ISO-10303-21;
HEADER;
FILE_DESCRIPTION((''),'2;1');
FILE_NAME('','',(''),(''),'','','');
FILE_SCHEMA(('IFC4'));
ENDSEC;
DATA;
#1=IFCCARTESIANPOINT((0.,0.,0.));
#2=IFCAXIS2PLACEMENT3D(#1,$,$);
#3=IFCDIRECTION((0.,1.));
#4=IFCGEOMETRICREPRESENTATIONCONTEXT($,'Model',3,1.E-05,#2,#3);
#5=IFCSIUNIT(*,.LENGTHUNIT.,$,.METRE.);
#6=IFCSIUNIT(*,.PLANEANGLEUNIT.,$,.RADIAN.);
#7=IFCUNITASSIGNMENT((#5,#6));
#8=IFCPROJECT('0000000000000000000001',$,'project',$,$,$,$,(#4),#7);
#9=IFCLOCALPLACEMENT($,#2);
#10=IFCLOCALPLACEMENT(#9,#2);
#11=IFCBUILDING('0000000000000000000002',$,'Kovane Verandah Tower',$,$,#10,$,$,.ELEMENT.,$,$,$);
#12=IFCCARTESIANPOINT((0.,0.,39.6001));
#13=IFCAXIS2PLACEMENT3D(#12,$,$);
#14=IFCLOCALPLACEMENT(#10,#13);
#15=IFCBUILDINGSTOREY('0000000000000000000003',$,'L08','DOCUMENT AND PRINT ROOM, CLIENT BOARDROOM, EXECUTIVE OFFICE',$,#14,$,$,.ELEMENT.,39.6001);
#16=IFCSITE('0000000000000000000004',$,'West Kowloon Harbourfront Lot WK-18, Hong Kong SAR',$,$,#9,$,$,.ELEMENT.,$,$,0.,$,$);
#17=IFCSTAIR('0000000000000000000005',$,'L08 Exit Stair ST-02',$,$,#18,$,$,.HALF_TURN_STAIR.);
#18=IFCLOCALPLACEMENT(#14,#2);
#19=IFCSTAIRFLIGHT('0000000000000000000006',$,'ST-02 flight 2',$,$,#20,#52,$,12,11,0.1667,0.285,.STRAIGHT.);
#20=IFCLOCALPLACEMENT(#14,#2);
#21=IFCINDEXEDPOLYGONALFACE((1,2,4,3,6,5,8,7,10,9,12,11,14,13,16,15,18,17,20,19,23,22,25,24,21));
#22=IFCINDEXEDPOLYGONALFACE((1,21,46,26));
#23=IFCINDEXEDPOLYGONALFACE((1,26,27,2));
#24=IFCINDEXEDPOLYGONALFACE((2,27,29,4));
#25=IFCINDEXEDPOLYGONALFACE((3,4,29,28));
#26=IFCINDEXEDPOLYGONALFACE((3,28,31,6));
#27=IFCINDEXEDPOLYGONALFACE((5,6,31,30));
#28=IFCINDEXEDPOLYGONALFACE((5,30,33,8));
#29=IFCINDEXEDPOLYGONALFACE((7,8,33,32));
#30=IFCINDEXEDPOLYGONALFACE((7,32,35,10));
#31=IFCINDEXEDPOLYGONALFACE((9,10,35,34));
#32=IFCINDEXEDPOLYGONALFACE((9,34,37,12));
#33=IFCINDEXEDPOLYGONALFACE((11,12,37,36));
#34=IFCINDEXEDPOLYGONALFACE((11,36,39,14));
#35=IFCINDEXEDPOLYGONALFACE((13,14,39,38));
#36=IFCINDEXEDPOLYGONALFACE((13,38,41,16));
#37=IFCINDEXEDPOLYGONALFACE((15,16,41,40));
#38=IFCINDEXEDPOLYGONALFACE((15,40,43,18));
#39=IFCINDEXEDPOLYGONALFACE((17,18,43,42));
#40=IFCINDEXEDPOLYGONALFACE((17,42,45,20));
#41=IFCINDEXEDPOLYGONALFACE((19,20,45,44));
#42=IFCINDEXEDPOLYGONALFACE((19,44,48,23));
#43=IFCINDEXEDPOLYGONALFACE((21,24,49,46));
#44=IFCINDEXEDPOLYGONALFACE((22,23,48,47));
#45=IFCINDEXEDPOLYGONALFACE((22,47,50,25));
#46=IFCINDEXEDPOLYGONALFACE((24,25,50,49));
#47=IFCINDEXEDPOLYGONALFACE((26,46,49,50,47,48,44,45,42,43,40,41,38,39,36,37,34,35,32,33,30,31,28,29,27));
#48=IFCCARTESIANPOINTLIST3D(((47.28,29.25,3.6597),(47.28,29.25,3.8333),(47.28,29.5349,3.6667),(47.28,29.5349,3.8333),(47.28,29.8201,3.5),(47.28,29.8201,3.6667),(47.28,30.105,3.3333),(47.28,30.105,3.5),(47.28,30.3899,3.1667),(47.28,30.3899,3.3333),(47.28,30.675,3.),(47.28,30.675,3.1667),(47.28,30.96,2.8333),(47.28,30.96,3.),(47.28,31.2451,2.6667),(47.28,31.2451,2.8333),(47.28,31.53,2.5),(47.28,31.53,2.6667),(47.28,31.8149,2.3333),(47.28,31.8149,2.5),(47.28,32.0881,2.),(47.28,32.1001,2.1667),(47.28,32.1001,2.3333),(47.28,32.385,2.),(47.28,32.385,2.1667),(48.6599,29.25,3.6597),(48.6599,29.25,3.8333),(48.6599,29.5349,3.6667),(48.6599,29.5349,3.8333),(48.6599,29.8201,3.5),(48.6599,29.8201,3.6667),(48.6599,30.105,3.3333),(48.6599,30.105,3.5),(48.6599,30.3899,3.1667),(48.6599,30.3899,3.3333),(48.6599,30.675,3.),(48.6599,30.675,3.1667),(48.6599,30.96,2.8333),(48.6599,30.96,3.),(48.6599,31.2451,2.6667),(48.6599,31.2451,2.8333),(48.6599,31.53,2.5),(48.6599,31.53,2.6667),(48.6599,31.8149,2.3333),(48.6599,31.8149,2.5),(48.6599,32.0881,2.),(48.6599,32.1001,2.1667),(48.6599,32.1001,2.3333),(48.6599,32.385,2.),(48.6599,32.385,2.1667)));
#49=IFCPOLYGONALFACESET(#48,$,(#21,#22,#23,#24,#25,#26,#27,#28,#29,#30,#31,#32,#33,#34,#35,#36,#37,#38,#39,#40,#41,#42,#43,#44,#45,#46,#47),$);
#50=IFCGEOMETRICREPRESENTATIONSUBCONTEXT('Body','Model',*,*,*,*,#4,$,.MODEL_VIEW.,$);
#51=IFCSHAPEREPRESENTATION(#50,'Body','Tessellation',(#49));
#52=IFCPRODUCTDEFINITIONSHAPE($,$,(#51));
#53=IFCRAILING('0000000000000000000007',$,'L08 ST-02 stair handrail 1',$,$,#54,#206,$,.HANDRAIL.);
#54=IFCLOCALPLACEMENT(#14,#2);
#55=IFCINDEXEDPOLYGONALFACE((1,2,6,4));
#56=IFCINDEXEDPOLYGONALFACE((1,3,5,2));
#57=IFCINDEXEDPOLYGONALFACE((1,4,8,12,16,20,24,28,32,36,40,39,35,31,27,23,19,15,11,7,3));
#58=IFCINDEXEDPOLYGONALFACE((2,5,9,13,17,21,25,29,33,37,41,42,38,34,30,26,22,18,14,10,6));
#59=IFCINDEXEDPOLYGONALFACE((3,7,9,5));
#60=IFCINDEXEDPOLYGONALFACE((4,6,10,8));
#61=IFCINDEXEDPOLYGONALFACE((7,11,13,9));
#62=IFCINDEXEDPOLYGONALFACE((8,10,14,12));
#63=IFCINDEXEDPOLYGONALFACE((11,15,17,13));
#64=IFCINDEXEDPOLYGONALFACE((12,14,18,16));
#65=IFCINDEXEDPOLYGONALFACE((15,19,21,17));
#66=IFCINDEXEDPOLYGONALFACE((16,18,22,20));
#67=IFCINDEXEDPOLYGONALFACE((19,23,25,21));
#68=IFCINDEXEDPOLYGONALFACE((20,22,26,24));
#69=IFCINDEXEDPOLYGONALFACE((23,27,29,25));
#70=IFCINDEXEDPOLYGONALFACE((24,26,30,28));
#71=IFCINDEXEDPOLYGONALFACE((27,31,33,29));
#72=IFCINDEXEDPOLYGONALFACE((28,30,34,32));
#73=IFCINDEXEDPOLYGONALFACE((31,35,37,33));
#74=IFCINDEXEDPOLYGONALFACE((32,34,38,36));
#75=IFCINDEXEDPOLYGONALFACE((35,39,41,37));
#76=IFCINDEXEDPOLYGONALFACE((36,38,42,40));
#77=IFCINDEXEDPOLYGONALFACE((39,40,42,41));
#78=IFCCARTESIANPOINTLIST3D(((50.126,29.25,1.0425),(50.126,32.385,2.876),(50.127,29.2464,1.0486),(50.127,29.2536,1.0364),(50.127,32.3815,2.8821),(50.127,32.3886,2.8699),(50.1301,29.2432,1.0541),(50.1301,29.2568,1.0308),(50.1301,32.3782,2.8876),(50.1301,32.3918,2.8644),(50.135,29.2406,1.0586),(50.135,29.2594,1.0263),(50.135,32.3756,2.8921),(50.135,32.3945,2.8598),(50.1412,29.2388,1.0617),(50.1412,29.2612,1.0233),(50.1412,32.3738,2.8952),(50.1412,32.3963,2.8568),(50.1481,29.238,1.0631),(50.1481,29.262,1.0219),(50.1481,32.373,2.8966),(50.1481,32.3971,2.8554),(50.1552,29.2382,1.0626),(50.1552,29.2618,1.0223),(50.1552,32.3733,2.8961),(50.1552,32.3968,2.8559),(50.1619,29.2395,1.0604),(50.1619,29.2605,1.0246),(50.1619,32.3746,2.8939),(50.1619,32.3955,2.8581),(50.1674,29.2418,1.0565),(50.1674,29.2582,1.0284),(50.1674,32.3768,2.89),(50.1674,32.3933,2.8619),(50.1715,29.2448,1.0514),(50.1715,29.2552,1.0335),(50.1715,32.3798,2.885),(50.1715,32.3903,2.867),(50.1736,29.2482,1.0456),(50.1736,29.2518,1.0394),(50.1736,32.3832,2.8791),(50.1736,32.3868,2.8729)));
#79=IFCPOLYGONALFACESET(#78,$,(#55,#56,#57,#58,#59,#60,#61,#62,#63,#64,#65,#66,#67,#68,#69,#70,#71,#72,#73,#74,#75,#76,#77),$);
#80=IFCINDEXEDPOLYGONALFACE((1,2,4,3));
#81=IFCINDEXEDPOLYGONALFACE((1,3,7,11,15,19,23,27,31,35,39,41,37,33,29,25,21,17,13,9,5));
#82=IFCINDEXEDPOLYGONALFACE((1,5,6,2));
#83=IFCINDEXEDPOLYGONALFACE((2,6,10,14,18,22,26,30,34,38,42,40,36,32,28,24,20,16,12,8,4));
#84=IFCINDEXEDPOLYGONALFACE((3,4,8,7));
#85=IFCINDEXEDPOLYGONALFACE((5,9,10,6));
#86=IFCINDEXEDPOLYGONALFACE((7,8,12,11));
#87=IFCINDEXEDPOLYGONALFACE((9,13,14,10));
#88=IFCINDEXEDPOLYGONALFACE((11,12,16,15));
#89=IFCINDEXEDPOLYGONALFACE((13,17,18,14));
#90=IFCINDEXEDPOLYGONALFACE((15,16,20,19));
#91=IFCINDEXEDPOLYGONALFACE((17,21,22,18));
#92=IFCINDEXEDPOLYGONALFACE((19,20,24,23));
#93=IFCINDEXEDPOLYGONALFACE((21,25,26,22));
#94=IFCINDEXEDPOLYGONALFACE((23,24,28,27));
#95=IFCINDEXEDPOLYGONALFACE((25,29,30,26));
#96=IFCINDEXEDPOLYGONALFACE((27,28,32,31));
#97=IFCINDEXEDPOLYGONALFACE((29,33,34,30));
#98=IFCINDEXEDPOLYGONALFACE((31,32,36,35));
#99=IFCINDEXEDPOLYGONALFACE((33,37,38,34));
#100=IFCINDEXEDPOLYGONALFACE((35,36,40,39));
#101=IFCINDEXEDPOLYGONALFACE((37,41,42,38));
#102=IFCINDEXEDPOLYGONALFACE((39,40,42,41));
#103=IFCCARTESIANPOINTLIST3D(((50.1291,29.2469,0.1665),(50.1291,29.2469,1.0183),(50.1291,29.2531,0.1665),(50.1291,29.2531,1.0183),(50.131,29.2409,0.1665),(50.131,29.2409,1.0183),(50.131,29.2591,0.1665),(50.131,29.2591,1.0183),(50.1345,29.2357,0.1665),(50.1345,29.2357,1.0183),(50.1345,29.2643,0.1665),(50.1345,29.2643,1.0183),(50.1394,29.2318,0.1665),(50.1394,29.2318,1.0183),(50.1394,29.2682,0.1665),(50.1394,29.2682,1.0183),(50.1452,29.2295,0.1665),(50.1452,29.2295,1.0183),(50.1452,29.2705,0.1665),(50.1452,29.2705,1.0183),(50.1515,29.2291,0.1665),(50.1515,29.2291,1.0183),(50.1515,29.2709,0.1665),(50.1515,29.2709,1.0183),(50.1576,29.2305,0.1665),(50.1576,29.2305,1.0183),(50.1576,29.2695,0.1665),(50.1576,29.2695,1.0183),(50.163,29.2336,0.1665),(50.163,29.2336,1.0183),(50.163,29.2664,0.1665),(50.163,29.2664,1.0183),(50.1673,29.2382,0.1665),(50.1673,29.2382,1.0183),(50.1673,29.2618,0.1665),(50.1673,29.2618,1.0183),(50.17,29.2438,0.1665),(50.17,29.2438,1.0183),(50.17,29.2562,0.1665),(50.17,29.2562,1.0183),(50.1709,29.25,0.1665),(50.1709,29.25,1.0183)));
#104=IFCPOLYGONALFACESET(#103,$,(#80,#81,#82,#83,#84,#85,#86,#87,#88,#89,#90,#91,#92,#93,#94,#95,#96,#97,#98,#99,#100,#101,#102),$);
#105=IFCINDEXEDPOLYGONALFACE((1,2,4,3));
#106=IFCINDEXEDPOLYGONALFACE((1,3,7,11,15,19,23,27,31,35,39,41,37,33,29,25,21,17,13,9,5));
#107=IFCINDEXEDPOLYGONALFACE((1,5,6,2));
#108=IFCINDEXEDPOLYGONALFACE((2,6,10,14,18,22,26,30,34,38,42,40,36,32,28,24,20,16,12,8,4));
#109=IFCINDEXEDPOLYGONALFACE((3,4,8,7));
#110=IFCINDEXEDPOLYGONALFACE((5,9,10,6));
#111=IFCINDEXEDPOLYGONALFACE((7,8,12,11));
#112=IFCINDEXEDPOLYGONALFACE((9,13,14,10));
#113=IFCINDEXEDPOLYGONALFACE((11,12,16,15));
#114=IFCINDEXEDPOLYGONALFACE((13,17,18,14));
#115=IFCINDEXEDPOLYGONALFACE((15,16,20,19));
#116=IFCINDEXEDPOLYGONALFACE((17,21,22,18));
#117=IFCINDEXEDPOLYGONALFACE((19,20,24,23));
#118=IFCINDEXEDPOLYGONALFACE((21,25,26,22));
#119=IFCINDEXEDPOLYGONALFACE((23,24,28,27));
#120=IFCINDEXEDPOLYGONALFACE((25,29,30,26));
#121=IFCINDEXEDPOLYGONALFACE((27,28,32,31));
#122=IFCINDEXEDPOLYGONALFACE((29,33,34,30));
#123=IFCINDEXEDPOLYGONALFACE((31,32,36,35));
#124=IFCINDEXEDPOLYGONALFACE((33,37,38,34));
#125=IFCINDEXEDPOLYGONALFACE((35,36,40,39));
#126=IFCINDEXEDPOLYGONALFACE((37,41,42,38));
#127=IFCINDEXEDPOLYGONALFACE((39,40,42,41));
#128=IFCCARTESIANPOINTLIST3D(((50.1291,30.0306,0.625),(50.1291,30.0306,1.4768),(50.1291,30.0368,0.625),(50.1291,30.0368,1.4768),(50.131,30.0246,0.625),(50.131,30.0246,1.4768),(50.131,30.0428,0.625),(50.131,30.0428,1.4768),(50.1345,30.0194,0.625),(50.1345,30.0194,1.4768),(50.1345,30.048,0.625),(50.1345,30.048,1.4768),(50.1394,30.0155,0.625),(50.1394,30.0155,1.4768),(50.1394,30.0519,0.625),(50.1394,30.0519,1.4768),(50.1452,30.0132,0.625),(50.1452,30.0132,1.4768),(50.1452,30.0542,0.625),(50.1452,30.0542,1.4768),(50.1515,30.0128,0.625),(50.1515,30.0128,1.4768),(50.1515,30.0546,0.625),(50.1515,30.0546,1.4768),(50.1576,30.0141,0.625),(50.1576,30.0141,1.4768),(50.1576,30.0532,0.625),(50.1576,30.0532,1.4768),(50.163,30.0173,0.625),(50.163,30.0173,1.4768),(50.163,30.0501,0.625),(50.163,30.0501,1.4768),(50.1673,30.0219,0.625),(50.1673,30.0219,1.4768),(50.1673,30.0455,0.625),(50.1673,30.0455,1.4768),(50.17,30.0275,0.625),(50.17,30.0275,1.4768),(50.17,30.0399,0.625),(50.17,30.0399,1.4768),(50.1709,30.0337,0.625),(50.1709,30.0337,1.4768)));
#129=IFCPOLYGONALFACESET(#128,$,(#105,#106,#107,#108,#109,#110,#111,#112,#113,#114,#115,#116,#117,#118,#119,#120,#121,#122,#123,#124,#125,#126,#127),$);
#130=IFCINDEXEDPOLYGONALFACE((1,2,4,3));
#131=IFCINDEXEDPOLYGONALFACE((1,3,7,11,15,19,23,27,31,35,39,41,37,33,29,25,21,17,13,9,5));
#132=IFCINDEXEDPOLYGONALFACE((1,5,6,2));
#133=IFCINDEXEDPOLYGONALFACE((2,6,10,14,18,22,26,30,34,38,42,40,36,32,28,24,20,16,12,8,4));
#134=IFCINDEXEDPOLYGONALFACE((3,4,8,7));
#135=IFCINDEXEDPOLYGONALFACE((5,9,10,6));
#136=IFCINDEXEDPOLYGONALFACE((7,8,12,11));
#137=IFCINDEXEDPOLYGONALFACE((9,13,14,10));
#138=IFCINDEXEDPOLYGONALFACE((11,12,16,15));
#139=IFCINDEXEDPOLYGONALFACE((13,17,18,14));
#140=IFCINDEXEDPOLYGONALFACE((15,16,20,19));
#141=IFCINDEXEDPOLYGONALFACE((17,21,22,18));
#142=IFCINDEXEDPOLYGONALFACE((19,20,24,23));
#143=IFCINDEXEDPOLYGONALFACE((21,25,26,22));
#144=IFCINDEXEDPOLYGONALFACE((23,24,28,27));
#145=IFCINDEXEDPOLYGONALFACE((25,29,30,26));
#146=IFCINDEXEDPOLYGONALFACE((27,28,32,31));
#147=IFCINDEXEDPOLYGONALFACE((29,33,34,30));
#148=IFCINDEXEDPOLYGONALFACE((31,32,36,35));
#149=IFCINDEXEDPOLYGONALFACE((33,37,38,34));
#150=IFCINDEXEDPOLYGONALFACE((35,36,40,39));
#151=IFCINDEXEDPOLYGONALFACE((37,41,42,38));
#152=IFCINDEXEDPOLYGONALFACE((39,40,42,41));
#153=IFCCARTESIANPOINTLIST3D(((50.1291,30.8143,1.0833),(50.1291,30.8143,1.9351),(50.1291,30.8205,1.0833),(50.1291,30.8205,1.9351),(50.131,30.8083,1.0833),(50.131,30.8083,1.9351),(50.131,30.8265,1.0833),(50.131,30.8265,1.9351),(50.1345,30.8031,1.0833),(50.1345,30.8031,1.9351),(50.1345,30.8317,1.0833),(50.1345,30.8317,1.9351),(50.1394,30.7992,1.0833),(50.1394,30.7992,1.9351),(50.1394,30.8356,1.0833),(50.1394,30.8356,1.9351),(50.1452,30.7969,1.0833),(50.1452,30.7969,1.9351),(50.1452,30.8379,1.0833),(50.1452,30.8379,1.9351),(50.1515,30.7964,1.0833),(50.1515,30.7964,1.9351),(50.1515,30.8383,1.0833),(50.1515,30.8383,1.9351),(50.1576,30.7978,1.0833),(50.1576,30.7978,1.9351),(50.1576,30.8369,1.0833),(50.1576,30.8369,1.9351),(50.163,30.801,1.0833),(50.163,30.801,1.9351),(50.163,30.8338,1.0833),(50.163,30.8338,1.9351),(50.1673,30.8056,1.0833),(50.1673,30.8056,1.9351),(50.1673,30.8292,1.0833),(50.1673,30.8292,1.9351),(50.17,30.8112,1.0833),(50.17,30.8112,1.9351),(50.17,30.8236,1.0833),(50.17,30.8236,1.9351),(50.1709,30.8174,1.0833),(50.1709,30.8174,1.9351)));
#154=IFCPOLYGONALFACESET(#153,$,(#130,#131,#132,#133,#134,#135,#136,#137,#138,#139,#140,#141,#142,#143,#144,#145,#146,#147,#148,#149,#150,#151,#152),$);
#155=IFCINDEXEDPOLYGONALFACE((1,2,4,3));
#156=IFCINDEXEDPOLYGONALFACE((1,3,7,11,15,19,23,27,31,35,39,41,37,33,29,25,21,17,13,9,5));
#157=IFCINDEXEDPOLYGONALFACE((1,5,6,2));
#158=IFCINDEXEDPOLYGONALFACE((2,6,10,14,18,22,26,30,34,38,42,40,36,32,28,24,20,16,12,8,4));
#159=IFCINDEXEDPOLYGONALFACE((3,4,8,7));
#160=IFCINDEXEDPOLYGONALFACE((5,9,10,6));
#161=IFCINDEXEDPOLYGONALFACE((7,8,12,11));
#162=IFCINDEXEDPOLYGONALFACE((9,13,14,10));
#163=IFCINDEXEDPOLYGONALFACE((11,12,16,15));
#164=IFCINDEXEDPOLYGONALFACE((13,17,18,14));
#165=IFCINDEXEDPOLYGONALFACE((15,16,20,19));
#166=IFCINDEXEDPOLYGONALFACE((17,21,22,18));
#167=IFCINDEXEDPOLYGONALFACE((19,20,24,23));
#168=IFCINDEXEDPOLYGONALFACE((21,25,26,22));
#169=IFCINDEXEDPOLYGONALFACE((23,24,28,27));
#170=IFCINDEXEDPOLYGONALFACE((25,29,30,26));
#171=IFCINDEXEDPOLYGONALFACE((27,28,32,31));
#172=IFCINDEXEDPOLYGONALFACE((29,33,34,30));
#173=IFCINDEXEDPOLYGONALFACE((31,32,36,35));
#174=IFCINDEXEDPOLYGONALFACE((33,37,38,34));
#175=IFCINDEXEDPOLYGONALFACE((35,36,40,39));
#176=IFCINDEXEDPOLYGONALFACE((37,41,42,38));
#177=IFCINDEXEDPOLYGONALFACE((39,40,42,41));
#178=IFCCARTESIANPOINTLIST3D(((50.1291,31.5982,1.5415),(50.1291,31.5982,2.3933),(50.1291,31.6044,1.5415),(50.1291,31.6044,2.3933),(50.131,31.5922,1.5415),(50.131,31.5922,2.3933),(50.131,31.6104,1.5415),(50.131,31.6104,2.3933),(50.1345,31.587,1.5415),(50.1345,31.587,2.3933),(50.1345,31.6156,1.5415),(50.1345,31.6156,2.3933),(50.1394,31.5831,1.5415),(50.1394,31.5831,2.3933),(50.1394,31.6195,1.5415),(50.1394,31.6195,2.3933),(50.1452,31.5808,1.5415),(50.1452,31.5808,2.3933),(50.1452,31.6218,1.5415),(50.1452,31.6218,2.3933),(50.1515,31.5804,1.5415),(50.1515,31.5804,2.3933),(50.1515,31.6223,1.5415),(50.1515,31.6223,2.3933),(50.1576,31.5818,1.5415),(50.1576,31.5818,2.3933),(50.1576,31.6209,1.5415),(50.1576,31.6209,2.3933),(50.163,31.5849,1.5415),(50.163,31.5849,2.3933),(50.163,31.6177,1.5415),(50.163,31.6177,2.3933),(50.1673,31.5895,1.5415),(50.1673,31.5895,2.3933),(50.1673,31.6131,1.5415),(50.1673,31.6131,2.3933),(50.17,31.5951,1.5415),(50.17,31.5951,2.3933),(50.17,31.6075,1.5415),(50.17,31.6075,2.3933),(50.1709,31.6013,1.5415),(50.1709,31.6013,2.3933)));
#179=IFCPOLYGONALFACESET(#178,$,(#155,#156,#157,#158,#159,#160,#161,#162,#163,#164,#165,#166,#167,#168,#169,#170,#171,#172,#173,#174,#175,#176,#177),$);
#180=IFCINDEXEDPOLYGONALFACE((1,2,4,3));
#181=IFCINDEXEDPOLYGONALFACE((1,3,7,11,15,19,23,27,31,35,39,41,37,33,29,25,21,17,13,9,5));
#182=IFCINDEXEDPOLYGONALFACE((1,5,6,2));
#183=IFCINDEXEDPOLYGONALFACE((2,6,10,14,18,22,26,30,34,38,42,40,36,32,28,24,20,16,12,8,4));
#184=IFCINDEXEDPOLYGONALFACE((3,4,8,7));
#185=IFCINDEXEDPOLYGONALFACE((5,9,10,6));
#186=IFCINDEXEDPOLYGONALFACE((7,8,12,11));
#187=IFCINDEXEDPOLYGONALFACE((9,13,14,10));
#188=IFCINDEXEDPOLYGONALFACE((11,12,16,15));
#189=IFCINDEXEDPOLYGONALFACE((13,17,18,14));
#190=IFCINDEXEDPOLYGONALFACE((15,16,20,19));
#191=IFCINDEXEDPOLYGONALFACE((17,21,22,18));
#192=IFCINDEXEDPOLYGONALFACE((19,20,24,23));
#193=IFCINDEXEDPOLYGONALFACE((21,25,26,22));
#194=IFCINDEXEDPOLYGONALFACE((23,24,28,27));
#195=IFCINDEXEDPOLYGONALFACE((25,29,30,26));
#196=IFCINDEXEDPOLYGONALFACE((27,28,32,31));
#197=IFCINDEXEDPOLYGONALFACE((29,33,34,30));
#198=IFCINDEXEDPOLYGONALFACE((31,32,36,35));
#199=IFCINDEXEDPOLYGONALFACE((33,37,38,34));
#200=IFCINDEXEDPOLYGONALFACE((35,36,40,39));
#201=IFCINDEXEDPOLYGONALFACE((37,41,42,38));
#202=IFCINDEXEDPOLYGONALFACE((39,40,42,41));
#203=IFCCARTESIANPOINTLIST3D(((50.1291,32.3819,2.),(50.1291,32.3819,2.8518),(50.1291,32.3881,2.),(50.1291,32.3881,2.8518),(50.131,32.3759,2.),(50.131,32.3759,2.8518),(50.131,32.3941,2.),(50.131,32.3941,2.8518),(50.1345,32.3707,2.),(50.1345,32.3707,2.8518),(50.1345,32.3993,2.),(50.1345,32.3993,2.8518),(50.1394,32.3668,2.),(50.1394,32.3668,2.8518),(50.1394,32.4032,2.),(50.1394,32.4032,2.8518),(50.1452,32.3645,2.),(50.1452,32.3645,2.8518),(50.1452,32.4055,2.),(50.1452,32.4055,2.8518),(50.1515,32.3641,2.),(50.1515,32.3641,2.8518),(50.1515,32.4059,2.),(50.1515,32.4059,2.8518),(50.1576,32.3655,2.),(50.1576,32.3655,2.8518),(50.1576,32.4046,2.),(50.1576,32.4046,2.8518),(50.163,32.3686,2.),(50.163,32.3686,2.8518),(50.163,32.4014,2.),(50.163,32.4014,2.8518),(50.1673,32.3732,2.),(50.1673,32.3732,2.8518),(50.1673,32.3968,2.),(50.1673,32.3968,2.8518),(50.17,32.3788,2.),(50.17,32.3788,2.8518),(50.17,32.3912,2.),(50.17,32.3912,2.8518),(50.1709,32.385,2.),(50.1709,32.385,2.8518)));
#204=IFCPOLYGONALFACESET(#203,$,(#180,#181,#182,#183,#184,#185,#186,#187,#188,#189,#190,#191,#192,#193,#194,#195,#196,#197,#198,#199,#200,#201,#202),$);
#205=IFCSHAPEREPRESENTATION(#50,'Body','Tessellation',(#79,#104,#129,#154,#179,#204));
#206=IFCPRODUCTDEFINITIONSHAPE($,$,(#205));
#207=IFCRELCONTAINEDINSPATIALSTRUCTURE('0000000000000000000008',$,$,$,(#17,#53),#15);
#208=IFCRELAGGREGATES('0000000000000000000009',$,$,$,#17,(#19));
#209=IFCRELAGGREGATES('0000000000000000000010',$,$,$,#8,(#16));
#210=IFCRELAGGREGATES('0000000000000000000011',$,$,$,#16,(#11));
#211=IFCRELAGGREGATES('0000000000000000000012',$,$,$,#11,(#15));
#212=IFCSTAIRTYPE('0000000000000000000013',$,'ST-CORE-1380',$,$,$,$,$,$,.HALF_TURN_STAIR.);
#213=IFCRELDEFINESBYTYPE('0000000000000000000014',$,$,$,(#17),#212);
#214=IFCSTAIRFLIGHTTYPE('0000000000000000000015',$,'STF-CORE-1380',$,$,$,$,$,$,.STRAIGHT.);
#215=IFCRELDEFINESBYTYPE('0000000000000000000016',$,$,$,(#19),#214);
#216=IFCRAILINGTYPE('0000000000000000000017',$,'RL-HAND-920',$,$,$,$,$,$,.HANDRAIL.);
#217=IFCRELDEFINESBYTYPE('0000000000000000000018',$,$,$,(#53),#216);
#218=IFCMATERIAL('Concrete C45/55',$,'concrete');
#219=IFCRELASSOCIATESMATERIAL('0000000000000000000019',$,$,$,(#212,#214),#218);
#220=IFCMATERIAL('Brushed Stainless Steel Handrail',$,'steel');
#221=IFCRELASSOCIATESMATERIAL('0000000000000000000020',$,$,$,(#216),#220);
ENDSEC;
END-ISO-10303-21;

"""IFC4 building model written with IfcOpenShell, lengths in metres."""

from ifc_helpers import new_model, si_unit, direction, frame, origin, origin_2d, place, context, subcontext, project, spatial, polyline, circle, outline, extrude, material, type_object, element, aggregate, save


model = new_model("IFC4")

# Units and contexts
model_context = context("Model", 3, precision=1e-05, world=origin(), true_north=direction((0.0, 1.0)))
body_context = subcontext(model_context, "Body", "Model", "MODEL_VIEW")
ifc_project = project(units=[si_unit("LENGTHUNIT", "METRE"), si_unit("PLANEANGLEUNIT", "RADIAN")], contexts=[model_context])

# Site, building, storey
site_placement = place(None, origin())
site = spatial("IfcSite", under=ifc_project, at=site_placement, Name="West Kowloon Harbourfront Lot WK-18, Hong Kong SAR", CompositionType="ELEMENT", RefElevation=0.0)
building_placement = place(site_placement, origin())
building = spatial("IfcBuilding", under=site, at=building_placement, Name="Kovane Verandah Tower", CompositionType="ELEMENT")
storey_placement = place(building_placement, frame((0.0, 0.0, 39.6001)))
storey = spatial("IfcBuildingStorey", under=building, at=storey_placement, Name="L08", Description="DOCUMENT AND PRINT ROOM, CLIENT BOARDROOM, EXECUTIVE OFFICE", CompositionType="ELEMENT", Elevation=39.6001)

# Shared definitions
ifc_material_1 = material(Name="Concrete C45/55", Category="concrete")

# Stair, stair flight
stair_type = type_object("IfcStairType", Name="ST-CORE-1380", PredefinedType="HALF_TURN_STAIR", material=ifc_material_1)
stair_placement = place(storey_placement, origin())
stair = element("IfcStair", 1, at=stair_placement, inside=storey, type_object=stair_type, Name="L08 Exit Stair ST-02", PredefinedType="HALF_TURN_STAIR")
stair_flight_type = type_object("IfcStairFlightType", Name="STF-CORE-1380", PredefinedType="STRAIGHT", material=ifc_material_1)
stair_flight_1_placement = place(storey_placement, frame((47.97, 32.385, 2.0), z_axis=(0.0, 0.0, 1.0), x_axis=(0.0, -1.0, 0.0)))
stair_flight_1 = element("IfcStairFlight", 2, at=stair_flight_1_placement, type_object=stair_flight_type, Name="ST-02 flight 2", NumberOfRisers=12, NumberOfTreads=11, PredefinedType="STRAIGHT", RiserHeight=0.1667, TreadLength=0.285, context=body_context, shape_type="SweptSolid", body=[
    extrude(outline(polyline([(0.0, 0.0), (0.0, 0.1667), (0.2849, 0.1667), (0.2849, 0.3333), (0.5701, 0.3333), (0.5701, 0.5), (0.855, 0.5), (0.855, 0.6667), (1.1399, 0.6667), (1.1399, 0.8333), (1.425, 0.8333), (1.425, 1.0), (1.71, 1.0), (1.71, 1.1667), (1.9951, 1.1667), (1.9951, 1.3333), (2.28, 1.3333), (2.28, 1.5), (2.5649, 1.5), (2.5649, 1.6667), (2.8501, 1.6667), (2.8501, 1.8333), (3.135, 1.8333), (3.135, 2.0), (3.135, 1.6597), (0.2969, 0.0), (0.0, 0.0)])), frame((0.0, 0.6899, 0.0), z_axis=(0.0, -1.0, 0.0), x_axis=(1.0, 0.0, 0.0)), (0.0, 0.0, 1.0), 1.3799),
])
aggregate(stair, [stair_flight_1])

# Railing
ifc_material_2 = material(Name="Brushed Stainless Steel Handrail", Category="steel")
railing_type_1 = type_object("IfcRailingType", Name="RL-HAND-920", PredefinedType="HANDRAIL", material=ifc_material_2)
railing_1_placement = place(storey_placement, frame((50.1499, 29.25, 0.1665)))
element("IfcRailing", 3, at=railing_1_placement, inside=storey, type_object=railing_type_1, Name="L08 ST-02 stair handrail 1", PredefinedType="HANDRAIL", context=body_context, shape_type="SweptSolid", body=[
    extrude(circle(Radius=0.0239, at=origin_2d()), frame((0.0, 0.0, 0.876), z_axis=(0.0, 0.86321, 0.504845), x_axis=(-1.0, 0.0, 0.0)), (0.0, 0.0, 1.0), 3.6318),
    extrude(circle(Radius=0.021, at=origin_2d()), origin(), (0.0, 0.0, 1.0), 0.8518),
    extrude(circle(Radius=0.021, at=origin_2d()), frame((0.0, 0.7837, 0.4585)), (0.0, 0.0, 1.0), 0.8518),
    extrude(circle(Radius=0.021, at=origin_2d()), frame((0.0, 1.5674, 0.9167)), (0.0, 0.0, 1.0), 0.8518),
    extrude(circle(Radius=0.021, at=origin_2d()), frame((0.0, 2.3513, 1.375)), (0.0, 0.0, 1.0), 0.8518),
    extrude(circle(Radius=0.021, at=origin_2d()), frame((0.0, 3.135, 1.8335)), (0.0, 0.0, 1.0), 0.8518),
])

save(model, "model.ifc")
